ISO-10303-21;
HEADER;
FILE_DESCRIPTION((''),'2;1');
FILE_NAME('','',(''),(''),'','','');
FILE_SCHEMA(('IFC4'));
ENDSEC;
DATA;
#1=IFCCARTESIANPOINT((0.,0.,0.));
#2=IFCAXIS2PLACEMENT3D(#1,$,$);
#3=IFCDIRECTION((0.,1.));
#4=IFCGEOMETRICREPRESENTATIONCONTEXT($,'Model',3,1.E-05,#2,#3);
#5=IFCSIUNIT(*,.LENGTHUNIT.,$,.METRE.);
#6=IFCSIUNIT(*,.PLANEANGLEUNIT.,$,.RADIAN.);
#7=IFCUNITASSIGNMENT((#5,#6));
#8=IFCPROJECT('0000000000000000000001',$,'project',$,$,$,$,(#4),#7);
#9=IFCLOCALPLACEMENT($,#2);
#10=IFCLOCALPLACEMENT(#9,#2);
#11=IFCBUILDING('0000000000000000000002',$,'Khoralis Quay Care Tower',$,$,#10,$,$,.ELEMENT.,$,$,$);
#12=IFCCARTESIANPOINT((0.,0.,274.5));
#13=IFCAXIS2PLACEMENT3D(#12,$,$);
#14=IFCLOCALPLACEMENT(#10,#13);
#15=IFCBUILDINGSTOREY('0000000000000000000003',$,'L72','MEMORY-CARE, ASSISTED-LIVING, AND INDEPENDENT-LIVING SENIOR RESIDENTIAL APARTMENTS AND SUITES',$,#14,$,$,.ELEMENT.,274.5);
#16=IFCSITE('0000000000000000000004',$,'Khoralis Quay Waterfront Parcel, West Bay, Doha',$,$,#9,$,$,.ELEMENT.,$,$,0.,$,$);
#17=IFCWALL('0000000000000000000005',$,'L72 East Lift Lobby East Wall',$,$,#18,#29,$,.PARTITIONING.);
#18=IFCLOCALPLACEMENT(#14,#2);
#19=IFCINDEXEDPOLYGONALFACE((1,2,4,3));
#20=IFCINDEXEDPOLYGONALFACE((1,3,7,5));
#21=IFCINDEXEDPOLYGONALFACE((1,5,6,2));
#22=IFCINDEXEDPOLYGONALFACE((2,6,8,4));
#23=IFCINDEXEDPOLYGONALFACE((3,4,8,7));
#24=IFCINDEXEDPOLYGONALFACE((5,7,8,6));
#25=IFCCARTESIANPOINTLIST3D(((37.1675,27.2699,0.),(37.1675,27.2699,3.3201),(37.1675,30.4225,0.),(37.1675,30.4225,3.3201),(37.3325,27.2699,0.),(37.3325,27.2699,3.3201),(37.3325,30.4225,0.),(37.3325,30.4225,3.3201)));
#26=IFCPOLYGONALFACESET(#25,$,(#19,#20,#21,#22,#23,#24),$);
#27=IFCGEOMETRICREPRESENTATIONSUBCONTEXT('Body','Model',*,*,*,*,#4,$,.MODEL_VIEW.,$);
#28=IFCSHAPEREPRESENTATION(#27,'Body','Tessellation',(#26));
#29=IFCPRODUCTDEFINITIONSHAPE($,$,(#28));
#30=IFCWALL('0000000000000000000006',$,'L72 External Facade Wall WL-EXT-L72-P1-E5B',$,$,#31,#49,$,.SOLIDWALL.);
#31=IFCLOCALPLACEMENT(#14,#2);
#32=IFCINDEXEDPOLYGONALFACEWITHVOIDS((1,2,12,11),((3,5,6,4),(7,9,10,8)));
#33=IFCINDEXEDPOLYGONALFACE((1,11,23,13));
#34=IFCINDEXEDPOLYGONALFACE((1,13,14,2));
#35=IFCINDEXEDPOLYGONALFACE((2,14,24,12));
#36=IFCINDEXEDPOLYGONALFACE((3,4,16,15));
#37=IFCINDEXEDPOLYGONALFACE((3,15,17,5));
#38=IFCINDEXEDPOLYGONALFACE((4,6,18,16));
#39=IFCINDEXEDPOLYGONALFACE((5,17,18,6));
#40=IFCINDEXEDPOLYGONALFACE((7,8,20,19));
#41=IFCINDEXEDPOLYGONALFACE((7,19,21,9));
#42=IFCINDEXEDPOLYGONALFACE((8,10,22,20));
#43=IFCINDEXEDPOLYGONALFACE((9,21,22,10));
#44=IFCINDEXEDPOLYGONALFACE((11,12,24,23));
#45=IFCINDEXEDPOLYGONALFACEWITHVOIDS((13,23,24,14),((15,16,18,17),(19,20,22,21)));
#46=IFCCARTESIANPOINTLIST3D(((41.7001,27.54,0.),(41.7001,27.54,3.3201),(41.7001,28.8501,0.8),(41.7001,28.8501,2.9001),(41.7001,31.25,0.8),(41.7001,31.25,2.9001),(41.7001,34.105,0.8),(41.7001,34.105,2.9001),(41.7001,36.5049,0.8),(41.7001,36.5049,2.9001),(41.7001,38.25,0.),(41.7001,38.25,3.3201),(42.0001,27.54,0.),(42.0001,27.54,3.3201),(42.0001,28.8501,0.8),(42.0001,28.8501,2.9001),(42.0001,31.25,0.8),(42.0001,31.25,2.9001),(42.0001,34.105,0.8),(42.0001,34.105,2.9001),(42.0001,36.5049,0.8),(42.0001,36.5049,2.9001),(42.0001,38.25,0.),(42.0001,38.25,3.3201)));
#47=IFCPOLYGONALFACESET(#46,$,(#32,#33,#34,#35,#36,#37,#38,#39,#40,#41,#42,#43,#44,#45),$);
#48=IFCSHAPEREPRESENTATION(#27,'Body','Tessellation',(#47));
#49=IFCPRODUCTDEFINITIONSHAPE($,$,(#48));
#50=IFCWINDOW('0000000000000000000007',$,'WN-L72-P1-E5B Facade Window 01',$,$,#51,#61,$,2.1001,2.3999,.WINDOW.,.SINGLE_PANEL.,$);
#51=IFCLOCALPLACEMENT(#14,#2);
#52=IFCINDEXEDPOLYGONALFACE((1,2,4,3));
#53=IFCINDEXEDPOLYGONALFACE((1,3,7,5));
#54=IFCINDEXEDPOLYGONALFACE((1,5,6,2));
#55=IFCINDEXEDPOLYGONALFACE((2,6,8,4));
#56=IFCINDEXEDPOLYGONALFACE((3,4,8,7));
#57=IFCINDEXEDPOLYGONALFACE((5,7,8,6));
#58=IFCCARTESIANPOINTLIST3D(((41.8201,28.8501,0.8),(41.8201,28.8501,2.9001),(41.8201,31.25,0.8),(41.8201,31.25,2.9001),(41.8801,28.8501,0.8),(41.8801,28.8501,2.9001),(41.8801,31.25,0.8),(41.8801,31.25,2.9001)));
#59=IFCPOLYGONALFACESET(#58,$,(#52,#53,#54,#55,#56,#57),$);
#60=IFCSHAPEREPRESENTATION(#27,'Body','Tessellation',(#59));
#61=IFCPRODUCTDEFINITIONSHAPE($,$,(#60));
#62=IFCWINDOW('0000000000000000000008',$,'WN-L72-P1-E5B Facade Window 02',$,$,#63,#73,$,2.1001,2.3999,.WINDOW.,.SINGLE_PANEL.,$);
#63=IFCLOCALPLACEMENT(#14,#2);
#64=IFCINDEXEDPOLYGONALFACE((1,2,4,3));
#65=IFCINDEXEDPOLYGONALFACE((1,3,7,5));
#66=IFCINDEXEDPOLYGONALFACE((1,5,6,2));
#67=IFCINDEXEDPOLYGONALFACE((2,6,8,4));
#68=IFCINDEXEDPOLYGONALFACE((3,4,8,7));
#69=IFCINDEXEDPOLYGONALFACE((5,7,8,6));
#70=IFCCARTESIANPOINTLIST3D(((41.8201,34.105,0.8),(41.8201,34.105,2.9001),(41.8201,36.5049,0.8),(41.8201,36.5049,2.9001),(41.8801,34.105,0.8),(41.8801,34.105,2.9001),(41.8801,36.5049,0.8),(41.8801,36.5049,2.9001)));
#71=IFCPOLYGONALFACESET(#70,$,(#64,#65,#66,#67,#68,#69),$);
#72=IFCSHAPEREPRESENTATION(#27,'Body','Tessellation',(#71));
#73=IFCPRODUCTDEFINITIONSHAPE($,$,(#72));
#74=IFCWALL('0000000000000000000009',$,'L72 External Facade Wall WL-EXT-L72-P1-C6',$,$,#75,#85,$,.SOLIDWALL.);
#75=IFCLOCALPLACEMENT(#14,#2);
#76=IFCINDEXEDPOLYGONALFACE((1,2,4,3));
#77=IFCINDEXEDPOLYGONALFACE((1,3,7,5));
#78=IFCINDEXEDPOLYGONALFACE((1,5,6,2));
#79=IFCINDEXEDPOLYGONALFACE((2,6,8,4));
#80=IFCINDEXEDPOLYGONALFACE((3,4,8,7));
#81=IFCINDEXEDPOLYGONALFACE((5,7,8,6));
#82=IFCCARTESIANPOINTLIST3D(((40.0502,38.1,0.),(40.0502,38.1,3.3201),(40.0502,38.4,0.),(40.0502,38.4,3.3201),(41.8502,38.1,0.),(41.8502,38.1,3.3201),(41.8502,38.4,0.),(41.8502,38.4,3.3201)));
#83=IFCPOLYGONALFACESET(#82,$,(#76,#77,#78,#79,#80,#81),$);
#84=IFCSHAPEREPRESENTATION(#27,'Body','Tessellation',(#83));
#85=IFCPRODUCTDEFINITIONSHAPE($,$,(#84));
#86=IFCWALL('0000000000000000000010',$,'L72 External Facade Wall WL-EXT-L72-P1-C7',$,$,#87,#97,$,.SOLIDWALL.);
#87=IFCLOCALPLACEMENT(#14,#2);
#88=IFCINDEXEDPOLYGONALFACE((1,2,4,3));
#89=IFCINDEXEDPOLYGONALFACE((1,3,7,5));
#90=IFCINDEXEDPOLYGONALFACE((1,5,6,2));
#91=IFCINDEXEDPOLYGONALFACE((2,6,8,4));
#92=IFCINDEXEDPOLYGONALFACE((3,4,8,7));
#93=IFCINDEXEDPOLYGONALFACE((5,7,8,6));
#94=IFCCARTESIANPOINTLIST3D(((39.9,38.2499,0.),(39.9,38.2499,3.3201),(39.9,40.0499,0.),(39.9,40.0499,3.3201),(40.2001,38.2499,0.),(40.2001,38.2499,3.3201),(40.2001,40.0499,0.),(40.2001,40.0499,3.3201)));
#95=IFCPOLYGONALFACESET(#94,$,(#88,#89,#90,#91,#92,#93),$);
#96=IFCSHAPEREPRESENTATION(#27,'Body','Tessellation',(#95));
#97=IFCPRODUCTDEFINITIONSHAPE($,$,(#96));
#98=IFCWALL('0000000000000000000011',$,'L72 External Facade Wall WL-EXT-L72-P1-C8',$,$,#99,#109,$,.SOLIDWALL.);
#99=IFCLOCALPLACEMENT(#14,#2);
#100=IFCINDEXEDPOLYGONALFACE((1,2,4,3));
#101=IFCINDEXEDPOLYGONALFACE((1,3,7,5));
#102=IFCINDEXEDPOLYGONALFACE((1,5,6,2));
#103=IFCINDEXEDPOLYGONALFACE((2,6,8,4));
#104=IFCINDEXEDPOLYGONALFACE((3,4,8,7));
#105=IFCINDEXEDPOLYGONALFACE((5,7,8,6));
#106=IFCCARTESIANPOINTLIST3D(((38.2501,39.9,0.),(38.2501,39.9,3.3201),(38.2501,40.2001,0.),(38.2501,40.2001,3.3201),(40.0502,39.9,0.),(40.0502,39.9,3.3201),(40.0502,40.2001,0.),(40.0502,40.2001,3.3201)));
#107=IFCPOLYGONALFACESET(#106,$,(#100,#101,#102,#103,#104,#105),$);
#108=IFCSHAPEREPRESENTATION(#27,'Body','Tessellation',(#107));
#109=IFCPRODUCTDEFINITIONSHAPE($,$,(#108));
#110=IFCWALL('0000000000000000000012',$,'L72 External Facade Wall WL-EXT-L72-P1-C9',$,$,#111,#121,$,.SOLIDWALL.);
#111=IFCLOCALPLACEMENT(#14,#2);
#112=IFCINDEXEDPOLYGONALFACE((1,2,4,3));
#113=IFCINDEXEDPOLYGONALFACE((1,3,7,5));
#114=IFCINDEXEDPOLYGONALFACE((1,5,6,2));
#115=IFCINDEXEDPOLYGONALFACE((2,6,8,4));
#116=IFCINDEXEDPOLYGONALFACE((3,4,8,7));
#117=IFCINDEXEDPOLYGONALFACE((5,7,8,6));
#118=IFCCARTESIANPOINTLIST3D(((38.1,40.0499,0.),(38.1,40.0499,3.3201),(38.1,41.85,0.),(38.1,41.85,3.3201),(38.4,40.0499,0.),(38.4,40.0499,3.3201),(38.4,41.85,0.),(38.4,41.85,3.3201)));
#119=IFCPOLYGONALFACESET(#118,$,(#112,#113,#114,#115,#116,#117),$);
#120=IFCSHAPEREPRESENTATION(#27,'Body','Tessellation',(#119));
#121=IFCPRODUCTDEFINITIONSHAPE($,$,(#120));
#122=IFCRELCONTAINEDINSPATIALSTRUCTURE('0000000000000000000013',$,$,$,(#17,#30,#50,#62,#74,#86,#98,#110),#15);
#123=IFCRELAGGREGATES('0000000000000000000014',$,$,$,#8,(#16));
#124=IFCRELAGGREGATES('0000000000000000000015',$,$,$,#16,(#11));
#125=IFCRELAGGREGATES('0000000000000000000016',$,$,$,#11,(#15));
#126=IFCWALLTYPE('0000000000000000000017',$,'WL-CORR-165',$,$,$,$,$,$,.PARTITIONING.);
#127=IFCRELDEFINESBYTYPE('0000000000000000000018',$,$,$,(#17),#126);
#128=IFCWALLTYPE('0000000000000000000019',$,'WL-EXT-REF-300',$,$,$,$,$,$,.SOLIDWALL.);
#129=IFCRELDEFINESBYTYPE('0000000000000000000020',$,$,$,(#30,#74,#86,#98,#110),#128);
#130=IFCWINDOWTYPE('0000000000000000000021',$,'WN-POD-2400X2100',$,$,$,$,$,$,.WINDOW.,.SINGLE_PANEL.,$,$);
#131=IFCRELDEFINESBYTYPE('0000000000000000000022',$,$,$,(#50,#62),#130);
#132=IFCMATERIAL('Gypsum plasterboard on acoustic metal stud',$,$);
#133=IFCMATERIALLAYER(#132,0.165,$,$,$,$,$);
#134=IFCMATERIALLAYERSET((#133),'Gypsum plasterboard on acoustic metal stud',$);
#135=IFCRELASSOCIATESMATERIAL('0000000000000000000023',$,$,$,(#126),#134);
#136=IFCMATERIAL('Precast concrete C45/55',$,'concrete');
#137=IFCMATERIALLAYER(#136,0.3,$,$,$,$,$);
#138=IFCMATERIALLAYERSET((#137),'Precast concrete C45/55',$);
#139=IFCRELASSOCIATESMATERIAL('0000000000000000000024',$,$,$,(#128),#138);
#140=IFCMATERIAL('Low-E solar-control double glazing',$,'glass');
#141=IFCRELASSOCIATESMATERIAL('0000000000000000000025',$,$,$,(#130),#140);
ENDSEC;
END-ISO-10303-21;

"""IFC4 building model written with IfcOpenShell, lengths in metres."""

from ifc_helpers import new_model, si_unit, direction, frame, frame_2d, origin, place, context, subcontext, project, spatial, rectangle, extrude, source, transform, mapped, material, layer, layer_set, type_object, element, fill, save


model = new_model("IFC4")

# Units and contexts
model_context = context("Model", 3, precision=1e-05, world=origin(), true_north=direction((0.0, 1.0)))
body_context = subcontext(model_context, "Body", "Model", "MODEL_VIEW")
ifc_project = project(units=[si_unit("LENGTHUNIT", "METRE"), si_unit("PLANEANGLEUNIT", "RADIAN")], contexts=[model_context])

# Site, building, storey
site_placement = place(None, origin())
site = spatial("IfcSite", under=ifc_project, at=site_placement, Name="Khoralis Quay Waterfront Parcel, West Bay, Doha", CompositionType="ELEMENT", RefElevation=0.0)
building_placement = place(site_placement, origin())
building = spatial("IfcBuilding", under=site, at=building_placement, Name="Khoralis Quay Care Tower", CompositionType="ELEMENT")
storey_placement = place(building_placement, frame((0.0, 0.0, 274.5)))
storey = spatial("IfcBuildingStorey", under=building, at=storey_placement, Name="L72", Description="MEMORY-CARE, ASSISTED-LIVING, AND INDEPENDENT-LIVING SENIOR RESIDENTIAL APARTMENTS AND SUITES", CompositionType="ELEMENT", Elevation=274.5)

# Shared definitions
ifc_material_1 = material(Name="Low-E solar-control double glazing", Category="glass")

# Wall
ifc_material_2 = material(Name="Gypsum plasterboard on acoustic metal stud")
ifc_layer_1 = layer(ifc_material_2, 0.165)
ifc_layer_set_1 = layer_set([ifc_layer_1], Name="Gypsum plasterboard on acoustic metal stud")
wall_type_1 = type_object("IfcWallType", Name="WL-CORR-165", PredefinedType="PARTITIONING", material=ifc_layer_set_1)
wall_1_placement = place(storey_placement, frame((37.25, 27.27, 0.0), z_axis=(0.0, 0.0, 1.0), x_axis=(0.0, 1.0, 0.0)))
element("IfcWall", 1, at=wall_1_placement, inside=storey, type_object=wall_type_1, Name="L72 East Lift Lobby East Wall", PredefinedType="PARTITIONING", context=body_context, shape_type="SweptSolid", body=[
    extrude(rectangle(XDim=3.1526, YDim=0.165, at=frame_2d((1.5762, 0.0))), origin(), (0.0, 0.0, 1.0), 3.3201),
])

# Wall, openings, windows
ifc_material_3 = material(Name="Precast concrete C45/55", Category="concrete")
ifc_layer_2 = layer(ifc_material_3, 0.3)
ifc_layer_set_2 = layer_set([ifc_layer_2], Name="Precast concrete C45/55")
wall_type_2 = type_object("IfcWallType", Name="WL-EXT-REF-300", PredefinedType="SOLIDWALL", material=ifc_layer_set_2)
wall_2_placement = place(storey_placement, frame((41.8501, 27.54, 0.0), z_axis=(0.0, 0.0, 1.0), x_axis=(0.0, 1.0, 0.0)))
wall_2 = element("IfcWall", 2, at=wall_2_placement, inside=storey, type_object=wall_type_2, Name="L72 External Facade Wall WL-EXT-L72-P1-E5B", PredefinedType="SOLIDWALL", context=body_context, shape_type="SweptSolid", body=[
    extrude(rectangle(XDim=10.71, YDim=0.3, at=frame_2d((5.355, 0.0))), origin(), (0.0, 0.0, 1.0), 3.3201),
])
opening_1_placement = place(wall_2_placement, frame((1.3101, 0.0, 0.8)))
opening_1 = element("IfcOpeningElement", 3, at=opening_1_placement, cuts=wall_2, PredefinedType="OPENING", context=body_context, shape_type="SweptSolid", body=[
    extrude(rectangle(XDim=2.3999, YDim=2.1001, at=frame_2d((1.2, 1.05))), frame((0.0, 0.1602, 0.0), z_axis=(0.0, -1.0, 0.0), x_axis=(1.0, 0.0, 0.0)), (0.0, 0.0, 1.0), 0.3201),
])
opening_2_placement = place(wall_2_placement, frame((6.5649, 0.0, 0.8)))
opening_2 = element("IfcOpeningElement", 4, at=opening_2_placement, cuts=wall_2, PredefinedType="OPENING", context=body_context, shape_type="SweptSolid", body=[
    extrude(rectangle(XDim=2.3999, YDim=2.1001, at=frame_2d((1.2, 1.05))), frame((0.0, 0.1602, 0.0), z_axis=(0.0, -1.0, 0.0), x_axis=(1.0, 0.0, 0.0)), (0.0, 0.0, 1.0), 0.3201),
])
window_type = type_object("IfcWindowType", Name="WN-POD-2400X2100", PartitioningType="SINGLE_PANEL", PredefinedType="WINDOW", material=ifc_material_1)
shared_shape_1 = source(origin(), body_context, "Body", "SweptSolid", [
    extrude(rectangle(XDim=2.3999, YDim=2.1001, at=frame_2d((1.2, 1.05))), frame((0.0, 0.03, 0.0), z_axis=(0.0, -1.0, 0.0), x_axis=(1.0, 0.0, 0.0)), (0.0, 0.0, 1.0), 0.0601),
])
window_1_placement = place(opening_1_placement, origin())
window_1 = element("IfcWindow", 5, at=window_1_placement, inside=storey, type_object=window_type, Name="WN-L72-P1-E5B Facade Window 01", OverallHeight=2.1001, OverallWidth=2.3999, PartitioningType="SINGLE_PANEL", PredefinedType="WINDOW", context=body_context, shape_type="MappedRepresentation", body=[
    mapped(shared_shape_1, transform((0.0, 0.0, 0.0), scale=1.0)),
])
fill(opening_1, window_1)
window_2_placement = place(opening_2_placement, origin())
window_2 = element("IfcWindow", 6, at=window_2_placement, inside=storey, type_object=window_type, Name="WN-L72-P1-E5B Facade Window 02", OverallHeight=2.1001, OverallWidth=2.3999, PartitioningType="SINGLE_PANEL", PredefinedType="WINDOW", context=body_context, shape_type="MappedRepresentation", body=[
    mapped(shared_shape_1, transform((0.0, 0.0, 0.0), scale=1.0)),
])
fill(opening_2, window_2)

# Walls
for number, where, z_axis, x_axis, name in (
    (7, (41.8501, 38.25, 0.0), (0.0, 0.0, 1.0), (-1.0, 0.0, 0.0), "L72 External Facade Wall WL-EXT-L72-P1-C6"),
    (8, (40.05, 38.25, 0.0), (0.0, 0.0, 1.0), (0.0, 1.0, 0.0), "L72 External Facade Wall WL-EXT-L72-P1-C7"),
    (9, (40.05, 40.05, 0.0), (0.0, 0.0, 1.0), (-1.0, 0.0, 0.0), "L72 External Facade Wall WL-EXT-L72-P1-C8"),
    (10, (38.25, 40.05, 0.0), (0.0, 0.0, 1.0), (0.0, 1.0, 0.0), "L72 External Facade Wall WL-EXT-L72-P1-C9"),
):
    element("IfcWall", number, at=place(storey_placement, frame(where, z_axis=z_axis, x_axis=x_axis)), inside=storey, type_object=wall_type_2, Name=name, PredefinedType="SOLIDWALL", context=body_context, shape_type="SweptSolid", body=[
        extrude(rectangle(XDim=1.8, YDim=0.3, at=frame_2d((0.8999, 0.0))), origin(), (0.0, 0.0, 1.0), 3.3201),
    ])

save(model, "model.ifc")
